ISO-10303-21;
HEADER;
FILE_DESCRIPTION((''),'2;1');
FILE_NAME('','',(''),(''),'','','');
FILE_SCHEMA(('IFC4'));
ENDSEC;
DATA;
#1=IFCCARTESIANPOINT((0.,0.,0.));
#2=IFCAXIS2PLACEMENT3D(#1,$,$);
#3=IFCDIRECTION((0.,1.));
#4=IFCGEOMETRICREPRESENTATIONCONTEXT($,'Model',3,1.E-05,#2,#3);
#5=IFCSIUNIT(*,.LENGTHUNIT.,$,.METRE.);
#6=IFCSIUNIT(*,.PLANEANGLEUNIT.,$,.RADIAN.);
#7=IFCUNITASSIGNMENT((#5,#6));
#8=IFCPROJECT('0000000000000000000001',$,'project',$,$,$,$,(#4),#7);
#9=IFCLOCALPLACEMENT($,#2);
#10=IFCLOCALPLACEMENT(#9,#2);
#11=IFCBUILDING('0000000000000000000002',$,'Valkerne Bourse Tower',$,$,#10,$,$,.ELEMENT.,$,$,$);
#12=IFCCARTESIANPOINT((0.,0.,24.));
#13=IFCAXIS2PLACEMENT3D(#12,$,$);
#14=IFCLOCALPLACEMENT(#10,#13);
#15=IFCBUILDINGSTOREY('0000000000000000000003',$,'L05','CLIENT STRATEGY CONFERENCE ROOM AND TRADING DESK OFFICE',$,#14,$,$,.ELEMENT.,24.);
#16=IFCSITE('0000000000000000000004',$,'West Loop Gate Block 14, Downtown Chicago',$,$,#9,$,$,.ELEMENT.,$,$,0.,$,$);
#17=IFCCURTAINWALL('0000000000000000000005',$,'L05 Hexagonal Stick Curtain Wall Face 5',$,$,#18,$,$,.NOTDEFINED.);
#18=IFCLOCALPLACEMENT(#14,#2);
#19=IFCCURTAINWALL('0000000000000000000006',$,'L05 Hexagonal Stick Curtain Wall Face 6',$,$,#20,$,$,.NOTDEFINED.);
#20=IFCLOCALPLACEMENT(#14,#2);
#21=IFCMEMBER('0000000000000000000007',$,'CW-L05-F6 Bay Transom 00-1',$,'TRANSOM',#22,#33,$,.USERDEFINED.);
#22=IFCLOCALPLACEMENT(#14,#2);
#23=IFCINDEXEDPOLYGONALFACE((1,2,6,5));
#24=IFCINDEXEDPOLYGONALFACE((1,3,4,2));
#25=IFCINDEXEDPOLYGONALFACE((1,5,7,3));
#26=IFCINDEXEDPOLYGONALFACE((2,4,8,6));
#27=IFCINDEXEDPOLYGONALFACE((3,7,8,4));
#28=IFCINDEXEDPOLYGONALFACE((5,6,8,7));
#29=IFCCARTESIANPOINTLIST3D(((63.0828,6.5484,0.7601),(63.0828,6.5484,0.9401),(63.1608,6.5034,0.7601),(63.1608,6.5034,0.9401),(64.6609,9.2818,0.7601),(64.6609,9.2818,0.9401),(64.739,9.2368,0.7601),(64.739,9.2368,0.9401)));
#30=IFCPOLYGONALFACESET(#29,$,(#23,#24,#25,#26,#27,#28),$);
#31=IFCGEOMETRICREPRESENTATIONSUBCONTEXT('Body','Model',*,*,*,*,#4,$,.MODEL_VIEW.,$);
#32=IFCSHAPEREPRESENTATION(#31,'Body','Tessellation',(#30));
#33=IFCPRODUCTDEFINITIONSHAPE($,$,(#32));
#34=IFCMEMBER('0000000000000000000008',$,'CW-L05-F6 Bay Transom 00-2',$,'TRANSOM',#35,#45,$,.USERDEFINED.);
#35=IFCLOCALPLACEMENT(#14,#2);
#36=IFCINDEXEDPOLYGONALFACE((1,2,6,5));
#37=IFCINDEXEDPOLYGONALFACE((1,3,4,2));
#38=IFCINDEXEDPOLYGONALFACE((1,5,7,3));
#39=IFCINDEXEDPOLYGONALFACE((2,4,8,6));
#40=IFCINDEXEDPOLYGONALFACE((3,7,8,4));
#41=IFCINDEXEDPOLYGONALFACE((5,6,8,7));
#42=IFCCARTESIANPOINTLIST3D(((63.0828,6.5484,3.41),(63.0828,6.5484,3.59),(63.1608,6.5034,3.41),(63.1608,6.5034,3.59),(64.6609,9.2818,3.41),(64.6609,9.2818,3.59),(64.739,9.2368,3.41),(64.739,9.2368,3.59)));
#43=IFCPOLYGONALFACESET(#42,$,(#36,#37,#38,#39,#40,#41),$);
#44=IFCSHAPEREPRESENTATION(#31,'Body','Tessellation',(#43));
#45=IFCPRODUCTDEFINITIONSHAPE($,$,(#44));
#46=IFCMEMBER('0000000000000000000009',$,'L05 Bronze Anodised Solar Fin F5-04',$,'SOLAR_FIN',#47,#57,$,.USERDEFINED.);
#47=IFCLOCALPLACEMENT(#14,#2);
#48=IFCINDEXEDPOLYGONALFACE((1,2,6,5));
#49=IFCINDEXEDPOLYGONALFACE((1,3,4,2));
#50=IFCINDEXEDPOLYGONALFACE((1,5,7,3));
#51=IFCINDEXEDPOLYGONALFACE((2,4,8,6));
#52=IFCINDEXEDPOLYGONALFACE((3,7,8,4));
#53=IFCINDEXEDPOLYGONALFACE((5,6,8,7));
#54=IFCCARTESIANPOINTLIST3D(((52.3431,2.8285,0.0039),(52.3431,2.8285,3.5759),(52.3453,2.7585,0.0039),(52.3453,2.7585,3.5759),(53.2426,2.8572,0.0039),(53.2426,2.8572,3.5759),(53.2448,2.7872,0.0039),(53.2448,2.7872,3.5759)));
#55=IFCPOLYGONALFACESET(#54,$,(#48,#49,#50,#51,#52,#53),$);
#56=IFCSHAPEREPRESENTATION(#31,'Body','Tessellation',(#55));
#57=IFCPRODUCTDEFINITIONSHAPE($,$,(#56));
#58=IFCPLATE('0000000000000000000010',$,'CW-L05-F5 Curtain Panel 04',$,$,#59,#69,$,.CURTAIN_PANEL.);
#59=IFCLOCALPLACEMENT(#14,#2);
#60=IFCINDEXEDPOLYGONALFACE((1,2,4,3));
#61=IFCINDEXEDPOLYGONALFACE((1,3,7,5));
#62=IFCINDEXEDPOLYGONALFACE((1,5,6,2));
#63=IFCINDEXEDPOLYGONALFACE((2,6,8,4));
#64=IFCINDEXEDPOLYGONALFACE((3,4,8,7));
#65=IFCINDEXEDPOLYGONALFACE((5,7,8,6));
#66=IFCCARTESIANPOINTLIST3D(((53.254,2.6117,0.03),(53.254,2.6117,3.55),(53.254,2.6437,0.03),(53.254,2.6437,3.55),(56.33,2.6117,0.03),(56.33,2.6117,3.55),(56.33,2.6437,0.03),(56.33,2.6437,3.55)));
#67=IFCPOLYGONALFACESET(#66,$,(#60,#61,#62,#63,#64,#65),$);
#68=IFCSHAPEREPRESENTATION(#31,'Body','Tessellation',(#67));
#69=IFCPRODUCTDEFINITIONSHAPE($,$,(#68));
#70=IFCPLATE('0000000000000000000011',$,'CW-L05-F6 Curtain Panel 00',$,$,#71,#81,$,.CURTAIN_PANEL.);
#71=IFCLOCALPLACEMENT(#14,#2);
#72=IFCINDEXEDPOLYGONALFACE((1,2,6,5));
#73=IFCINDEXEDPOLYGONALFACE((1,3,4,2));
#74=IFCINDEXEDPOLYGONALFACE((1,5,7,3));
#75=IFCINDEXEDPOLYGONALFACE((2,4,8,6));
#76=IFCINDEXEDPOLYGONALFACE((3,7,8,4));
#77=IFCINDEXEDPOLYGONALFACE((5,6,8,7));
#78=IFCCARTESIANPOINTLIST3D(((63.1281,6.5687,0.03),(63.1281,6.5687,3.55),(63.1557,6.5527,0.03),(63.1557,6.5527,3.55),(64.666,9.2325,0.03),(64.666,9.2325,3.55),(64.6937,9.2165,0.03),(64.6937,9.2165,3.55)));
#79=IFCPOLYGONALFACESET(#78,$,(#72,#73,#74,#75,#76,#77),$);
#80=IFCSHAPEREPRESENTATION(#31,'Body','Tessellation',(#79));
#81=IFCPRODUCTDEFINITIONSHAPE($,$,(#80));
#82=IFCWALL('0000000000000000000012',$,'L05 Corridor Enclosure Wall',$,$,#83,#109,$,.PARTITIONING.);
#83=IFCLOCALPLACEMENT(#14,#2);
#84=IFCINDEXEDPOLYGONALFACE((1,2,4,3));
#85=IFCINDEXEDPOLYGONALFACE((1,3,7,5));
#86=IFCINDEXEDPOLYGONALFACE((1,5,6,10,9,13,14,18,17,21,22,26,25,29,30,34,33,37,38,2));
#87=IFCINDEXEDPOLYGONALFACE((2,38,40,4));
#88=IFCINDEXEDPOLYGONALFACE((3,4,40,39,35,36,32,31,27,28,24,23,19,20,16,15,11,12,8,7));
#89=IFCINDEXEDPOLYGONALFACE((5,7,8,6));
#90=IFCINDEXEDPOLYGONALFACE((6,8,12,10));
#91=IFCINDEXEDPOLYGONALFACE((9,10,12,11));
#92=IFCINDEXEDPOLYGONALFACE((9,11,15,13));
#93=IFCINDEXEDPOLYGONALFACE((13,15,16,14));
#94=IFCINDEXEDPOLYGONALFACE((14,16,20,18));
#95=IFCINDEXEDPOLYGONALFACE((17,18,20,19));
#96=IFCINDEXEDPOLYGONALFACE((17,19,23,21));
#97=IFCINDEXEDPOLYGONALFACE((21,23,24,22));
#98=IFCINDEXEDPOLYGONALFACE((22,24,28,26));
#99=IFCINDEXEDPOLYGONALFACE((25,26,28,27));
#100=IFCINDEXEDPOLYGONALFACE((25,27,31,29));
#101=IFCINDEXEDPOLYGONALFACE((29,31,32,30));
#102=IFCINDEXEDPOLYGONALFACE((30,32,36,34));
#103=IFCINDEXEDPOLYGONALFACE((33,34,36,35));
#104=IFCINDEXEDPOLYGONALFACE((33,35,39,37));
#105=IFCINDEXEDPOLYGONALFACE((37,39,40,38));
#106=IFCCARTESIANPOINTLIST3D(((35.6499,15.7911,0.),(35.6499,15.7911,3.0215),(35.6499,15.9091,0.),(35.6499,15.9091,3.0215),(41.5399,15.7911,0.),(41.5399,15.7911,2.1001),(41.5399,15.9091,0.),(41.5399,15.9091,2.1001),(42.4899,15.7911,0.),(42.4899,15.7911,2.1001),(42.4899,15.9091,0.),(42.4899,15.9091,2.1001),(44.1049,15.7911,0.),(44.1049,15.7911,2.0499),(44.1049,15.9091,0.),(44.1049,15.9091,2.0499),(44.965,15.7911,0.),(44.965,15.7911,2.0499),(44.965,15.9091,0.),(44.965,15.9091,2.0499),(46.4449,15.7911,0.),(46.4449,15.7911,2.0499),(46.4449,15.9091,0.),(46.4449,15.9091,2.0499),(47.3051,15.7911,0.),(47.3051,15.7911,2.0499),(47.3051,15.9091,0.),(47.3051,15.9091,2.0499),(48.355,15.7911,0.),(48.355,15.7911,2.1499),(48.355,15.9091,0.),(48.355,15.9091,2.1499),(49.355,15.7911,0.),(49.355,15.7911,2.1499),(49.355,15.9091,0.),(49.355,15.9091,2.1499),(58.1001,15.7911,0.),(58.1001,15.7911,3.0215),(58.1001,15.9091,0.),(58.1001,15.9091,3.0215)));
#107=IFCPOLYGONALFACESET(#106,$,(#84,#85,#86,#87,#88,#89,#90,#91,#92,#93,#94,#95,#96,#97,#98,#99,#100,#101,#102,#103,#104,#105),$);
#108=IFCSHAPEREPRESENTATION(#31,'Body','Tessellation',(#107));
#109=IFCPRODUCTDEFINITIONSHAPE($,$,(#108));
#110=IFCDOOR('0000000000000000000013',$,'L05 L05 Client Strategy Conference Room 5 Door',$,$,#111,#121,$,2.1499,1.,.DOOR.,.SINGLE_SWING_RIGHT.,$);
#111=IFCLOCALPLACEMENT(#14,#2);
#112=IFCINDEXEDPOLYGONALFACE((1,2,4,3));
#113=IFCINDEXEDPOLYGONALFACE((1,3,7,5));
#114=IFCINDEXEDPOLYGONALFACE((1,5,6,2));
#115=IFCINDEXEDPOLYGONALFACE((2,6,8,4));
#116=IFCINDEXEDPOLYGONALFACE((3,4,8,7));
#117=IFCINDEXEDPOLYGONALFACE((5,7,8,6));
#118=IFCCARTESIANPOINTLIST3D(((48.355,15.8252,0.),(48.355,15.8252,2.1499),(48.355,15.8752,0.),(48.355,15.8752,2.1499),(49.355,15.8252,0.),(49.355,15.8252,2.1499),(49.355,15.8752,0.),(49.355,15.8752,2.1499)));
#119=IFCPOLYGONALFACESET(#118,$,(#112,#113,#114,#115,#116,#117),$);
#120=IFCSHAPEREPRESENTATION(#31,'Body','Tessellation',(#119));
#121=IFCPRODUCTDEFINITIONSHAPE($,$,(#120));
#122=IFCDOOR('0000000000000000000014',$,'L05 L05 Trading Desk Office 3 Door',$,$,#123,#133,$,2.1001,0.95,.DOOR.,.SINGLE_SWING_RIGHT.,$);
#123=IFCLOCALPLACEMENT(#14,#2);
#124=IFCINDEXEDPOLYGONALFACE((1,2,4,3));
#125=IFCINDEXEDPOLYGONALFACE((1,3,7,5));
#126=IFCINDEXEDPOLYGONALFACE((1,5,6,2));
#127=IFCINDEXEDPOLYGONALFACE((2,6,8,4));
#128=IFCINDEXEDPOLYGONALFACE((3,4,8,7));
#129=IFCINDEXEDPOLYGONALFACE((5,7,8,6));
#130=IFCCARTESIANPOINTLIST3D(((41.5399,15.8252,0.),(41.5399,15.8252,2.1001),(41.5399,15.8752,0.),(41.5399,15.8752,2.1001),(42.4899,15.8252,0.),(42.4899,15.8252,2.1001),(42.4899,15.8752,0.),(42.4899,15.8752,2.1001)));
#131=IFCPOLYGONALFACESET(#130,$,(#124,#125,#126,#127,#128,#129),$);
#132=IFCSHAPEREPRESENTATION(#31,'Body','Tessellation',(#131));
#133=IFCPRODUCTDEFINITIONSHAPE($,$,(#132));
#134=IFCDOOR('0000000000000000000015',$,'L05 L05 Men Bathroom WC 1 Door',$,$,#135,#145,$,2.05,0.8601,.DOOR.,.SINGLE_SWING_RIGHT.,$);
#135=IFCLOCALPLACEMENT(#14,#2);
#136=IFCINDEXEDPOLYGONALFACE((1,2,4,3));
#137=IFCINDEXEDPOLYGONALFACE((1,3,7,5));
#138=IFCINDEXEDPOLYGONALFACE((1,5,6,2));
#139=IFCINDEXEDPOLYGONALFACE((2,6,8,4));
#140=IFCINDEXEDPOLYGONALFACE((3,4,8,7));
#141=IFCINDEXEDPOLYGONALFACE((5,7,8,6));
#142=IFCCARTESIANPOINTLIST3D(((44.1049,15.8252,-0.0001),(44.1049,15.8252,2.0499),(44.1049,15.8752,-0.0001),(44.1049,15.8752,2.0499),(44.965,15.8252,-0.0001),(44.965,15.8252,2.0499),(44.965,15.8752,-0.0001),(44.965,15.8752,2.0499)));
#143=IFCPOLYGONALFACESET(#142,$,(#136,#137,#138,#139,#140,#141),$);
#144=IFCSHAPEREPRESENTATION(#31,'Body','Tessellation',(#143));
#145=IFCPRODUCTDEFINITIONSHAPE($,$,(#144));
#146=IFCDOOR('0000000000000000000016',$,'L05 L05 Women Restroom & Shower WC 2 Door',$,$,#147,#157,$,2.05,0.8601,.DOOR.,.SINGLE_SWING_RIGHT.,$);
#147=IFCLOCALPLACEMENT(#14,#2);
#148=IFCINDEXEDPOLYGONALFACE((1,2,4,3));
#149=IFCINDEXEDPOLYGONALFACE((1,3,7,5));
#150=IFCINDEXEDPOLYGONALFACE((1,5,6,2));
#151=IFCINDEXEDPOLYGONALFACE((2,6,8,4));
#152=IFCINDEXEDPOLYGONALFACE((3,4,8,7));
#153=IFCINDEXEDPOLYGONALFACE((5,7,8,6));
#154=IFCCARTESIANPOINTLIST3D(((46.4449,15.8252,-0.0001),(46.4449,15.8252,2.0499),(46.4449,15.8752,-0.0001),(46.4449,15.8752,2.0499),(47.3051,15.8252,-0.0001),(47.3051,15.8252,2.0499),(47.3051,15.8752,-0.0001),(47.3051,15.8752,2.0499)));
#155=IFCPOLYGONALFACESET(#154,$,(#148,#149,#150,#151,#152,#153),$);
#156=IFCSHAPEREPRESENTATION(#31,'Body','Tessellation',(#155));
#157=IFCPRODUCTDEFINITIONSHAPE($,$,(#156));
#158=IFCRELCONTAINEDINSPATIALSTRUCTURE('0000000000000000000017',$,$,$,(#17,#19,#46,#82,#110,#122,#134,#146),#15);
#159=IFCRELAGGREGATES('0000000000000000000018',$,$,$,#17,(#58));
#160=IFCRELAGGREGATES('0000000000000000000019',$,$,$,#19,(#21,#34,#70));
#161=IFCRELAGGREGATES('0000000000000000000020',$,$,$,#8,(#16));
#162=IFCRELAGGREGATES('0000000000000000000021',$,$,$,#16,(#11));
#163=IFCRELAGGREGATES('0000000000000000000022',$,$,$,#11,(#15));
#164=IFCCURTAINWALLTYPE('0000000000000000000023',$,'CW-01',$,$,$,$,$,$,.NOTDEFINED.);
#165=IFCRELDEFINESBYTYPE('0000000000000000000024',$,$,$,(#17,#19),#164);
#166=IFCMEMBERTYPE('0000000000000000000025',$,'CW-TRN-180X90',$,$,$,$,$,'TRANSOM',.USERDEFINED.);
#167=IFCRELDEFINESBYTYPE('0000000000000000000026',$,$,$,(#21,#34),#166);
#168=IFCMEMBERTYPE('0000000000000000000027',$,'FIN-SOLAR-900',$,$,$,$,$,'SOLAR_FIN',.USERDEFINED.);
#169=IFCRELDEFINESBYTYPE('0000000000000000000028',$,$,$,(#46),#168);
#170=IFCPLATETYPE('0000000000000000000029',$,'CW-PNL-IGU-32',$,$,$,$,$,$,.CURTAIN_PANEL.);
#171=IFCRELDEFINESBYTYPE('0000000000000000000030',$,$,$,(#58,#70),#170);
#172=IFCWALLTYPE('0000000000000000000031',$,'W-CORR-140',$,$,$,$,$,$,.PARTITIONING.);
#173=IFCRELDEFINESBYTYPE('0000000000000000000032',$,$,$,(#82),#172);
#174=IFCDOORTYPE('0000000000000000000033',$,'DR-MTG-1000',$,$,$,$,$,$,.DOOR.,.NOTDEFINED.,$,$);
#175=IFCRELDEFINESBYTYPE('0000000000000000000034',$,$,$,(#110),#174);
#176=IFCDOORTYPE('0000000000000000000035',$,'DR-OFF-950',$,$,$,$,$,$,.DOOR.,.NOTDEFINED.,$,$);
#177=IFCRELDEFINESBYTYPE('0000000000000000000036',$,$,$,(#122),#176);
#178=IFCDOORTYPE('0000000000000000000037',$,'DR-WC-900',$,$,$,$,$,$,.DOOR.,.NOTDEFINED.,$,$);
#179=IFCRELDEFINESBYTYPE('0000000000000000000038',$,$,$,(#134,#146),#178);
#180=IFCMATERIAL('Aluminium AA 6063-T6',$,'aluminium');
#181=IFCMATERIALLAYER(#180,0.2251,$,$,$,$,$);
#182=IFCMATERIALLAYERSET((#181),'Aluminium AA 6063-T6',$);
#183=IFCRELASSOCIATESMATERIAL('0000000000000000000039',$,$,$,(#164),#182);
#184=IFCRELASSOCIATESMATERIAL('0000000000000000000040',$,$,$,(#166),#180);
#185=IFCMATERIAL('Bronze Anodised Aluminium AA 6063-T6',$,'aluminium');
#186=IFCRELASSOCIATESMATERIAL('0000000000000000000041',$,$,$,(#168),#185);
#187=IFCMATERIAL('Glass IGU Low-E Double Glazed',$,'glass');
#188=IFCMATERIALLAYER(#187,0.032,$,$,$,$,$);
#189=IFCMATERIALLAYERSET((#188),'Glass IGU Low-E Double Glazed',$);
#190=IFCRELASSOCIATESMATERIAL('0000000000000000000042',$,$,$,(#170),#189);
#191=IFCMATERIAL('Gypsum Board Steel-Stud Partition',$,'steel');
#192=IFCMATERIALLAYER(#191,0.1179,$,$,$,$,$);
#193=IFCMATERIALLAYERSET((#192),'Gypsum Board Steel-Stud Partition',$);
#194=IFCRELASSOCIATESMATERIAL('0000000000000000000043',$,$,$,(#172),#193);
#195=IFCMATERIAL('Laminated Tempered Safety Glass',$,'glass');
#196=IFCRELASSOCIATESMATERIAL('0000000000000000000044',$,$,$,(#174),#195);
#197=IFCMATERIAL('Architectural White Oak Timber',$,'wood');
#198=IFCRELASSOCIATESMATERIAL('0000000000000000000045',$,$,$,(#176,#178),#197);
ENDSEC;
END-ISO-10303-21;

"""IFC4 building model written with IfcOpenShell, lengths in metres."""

from ifc_helpers import new_model, si_unit, direction, frame, frame_2d, origin, origin_2d, place, context, subcontext, project, spatial, rectangle, extrude, material, layer, layer_set, material_profile, profile_set, type_object, element, fill, aggregate, save


model = new_model("IFC4")

# Units and contexts
model_context = context("Model", 3, precision=1e-05, world=origin(), true_north=direction((0.0, 1.0)))
body_context = subcontext(model_context, "Body", "Model", "MODEL_VIEW")
ifc_project = project(units=[si_unit("LENGTHUNIT", "METRE"), si_unit("PLANEANGLEUNIT", "RADIAN")], contexts=[model_context])

# Site, building, storey
site_placement = place(None, origin())
site = spatial("IfcSite", under=ifc_project, at=site_placement, Name="West Loop Gate Block 14, Downtown Chicago", CompositionType="ELEMENT", RefElevation=0.0)
building_placement = place(site_placement, origin())
building = spatial("IfcBuilding", under=site, at=building_placement, Name="Valkerne Bourse Tower", CompositionType="ELEMENT")
storey_placement = place(building_placement, frame((0.0, 0.0, 24.0)))
storey = spatial("IfcBuildingStorey", under=building, at=storey_placement, Name="L05", Description="CLIENT STRATEGY CONFERENCE ROOM AND TRADING DESK OFFICE", CompositionType="ELEMENT", Elevation=24.0)

# Curtain walls, members
ifc_material_1 = material(Name="Aluminium AA 6063-T6", Category="aluminium")
ifc_layer_1 = layer(ifc_material_1, 0.2251)
ifc_layer_set_1 = layer_set([ifc_layer_1], Name="Aluminium AA 6063-T6")
curtain_wall_type = type_object("IfcCurtainWallType", Name="CW-01", PredefinedType="NOTDEFINED", material=ifc_layer_set_1)
curtain_wall_1_placement = place(storey_placement, origin())
curtain_wall_1 = element("IfcCurtainWall", 1, at=curtain_wall_1_placement, inside=storey, type_object=curtain_wall_type, Name="L05 Hexagonal Stick Curtain Wall Face 5", PredefinedType="NOTDEFINED")
curtain_wall_2_placement = place(storey_placement, origin())
curtain_wall_2 = element("IfcCurtainWall", 2, at=curtain_wall_2_placement, inside=storey, type_object=curtain_wall_type, Name="L05 Hexagonal Stick Curtain Wall Face 6", PredefinedType="NOTDEFINED")
ifc_material_profile_1 = material_profile(ifc_material_1, rectangle(XDim=0.0901, YDim=0.1799, at=origin_2d()), Name="CWT-90X180")
ifc_profile_set_1 = profile_set([ifc_material_profile_1], Name="Aluminium AA 6063-T6")
member_type_1 = type_object("IfcMemberType", Name="CW-TRN-180X90", ElementType="TRANSOM", PredefinedType="USERDEFINED", material=ifc_profile_set_1)
member_1_placement = place(storey_placement, frame((63.1218, 6.5259, 0.8501), z_axis=(0.499999, 0.866026, 0.0), x_axis=(-0.866026, 0.499999, 0.0)))
member_1 = element("IfcMember", 3, at=member_1_placement, type_object=member_type_1, Name="CW-L05-F6 Bay Transom 00-1", ObjectType="TRANSOM", PredefinedType="USERDEFINED", context=body_context, shape_type="SweptSolid", body=[
    extrude(rectangle(XDim=0.0901, YDim=0.1799, at=origin_2d()), origin(), (0.0, 0.0, 1.0), 3.1562),
])
member_2_placement = place(storey_placement, frame((63.1218, 6.5259, 3.5), z_axis=(0.499999, 0.866026, 0.0), x_axis=(-0.866026, 0.499999, 0.0)))
member_2 = element("IfcMember", 4, at=member_2_placement, type_object=member_type_1, Name="CW-L05-F6 Bay Transom 00-2", ObjectType="TRANSOM", PredefinedType="USERDEFINED", context=body_context, shape_type="SweptSolid", body=[
    extrude(rectangle(XDim=0.0901, YDim=0.1799, at=origin_2d()), origin(), (0.0, 0.0, 1.0), 3.1562),
])

# Member
ifc_material_2 = material(Name="Bronze Anodised Aluminium AA 6063-T6", Category="aluminium")
ifc_material_profile_2 = material_profile(ifc_material_2, rectangle(XDim=0.0701, YDim=0.8999, at=origin_2d()), Name="FIN-70X900")
ifc_profile_set_2 = profile_set([ifc_material_profile_2], Name="Bronze Anodised Aluminium AA 6063-T6")
member_type_2 = type_object("IfcMemberType", Name="FIN-SOLAR-900", ElementType="SOLAR_FIN", PredefinedType="USERDEFINED", material=ifc_profile_set_2)
member_3_placement = place(storey_placement, frame((52.7939, 2.8079, 0.0039), z_axis=(0.0, 0.0, 1.0), x_axis=(0.031888, -0.999491, 0.0)))
element("IfcMember", 5, at=member_3_placement, inside=storey, type_object=member_type_2, Name="L05 Bronze Anodised Solar Fin F5-04", ObjectType="SOLAR_FIN", PredefinedType="USERDEFINED", context=body_context, shape_type="SweptSolid", body=[
    extrude(rectangle(XDim=0.0701, YDim=0.8999, at=origin_2d()), origin(), (0.0, 0.0, 1.0), 3.572),
])

# Plates
ifc_material_3 = material(Name="Glass IGU Low-E Double Glazed", Category="glass")
ifc_layer_2 = layer(ifc_material_3, 0.032)
ifc_layer_set_2 = layer_set([ifc_layer_2], Name="Glass IGU Low-E Double Glazed")
plate_type = type_object("IfcPlateType", Name="CW-PNL-IGU-32", PredefinedType="CURTAIN_PANEL", material=ifc_layer_set_2)
plate_1_placement = place(storey_placement, frame((54.792, 2.6277, 0.03), z_axis=(0.0, 0.0, 1.0), x_axis=(1.0, 0.0, 0.0)))
plate_1 = element("IfcPlate", 6, at=plate_1_placement, type_object=plate_type, Name="CW-L05-F5 Curtain Panel 04", PredefinedType="CURTAIN_PANEL", context=body_context, shape_type="SweptSolid", body=[
    extrude(rectangle(XDim=3.0759, YDim=0.032, at=origin_2d()), origin(), (0.0, 0.0, 1.0), 3.52),
])
aggregate(curtain_wall_1, [plate_1])
plate_2_placement = place(storey_placement, frame((63.9109, 7.8926, 0.03), z_axis=(0.0, 0.0, 1.0), x_axis=(0.500004, 0.866023, 0.0)))
plate_2 = element("IfcPlate", 7, at=plate_2_placement, type_object=plate_type, Name="CW-L05-F6 Curtain Panel 00", PredefinedType="CURTAIN_PANEL", context=body_context, shape_type="SweptSolid", body=[
    extrude(rectangle(XDim=3.0759, YDim=0.032, at=origin_2d()), origin(), (0.0, 0.0, 1.0), 3.52),
])
aggregate(curtain_wall_2, [member_1, member_2, plate_2])

# Wall, openings, doors
ifc_material_4 = material(Name="Gypsum Board Steel-Stud Partition", Category="steel")
ifc_layer_3 = layer(ifc_material_4, 0.1179)
ifc_layer_set_3 = layer_set([ifc_layer_3], Name="Gypsum Board Steel-Stud Partition")
wall_type = type_object("IfcWallType", Name="W-CORR-140", PredefinedType="PARTITIONING", material=ifc_layer_set_3)
wall_placement = place(storey_placement, frame((58.1001, 15.8501, 0.0), z_axis=(0.0, 0.0, 1.0), x_axis=(-1.0, 0.0, 0.0)))
wall = element("IfcWall", 8, at=wall_placement, inside=storey, type_object=wall_type, Name="L05 Corridor Enclosure Wall", PredefinedType="PARTITIONING", context=body_context, shape_type="SweptSolid", body=[
    extrude(rectangle(XDim=22.4502, YDim=0.1179, at=frame_2d((11.2251, 0.0))), origin(), (0.0, 0.0, 1.0), 3.0215),
])
opening_1_placement = place(wall_placement, frame((13.135, 0.0, 0.0)))
opening_1 = element("IfcOpeningElement", 9, at=opening_1_placement, cuts=wall, PredefinedType="OPENING", context=body_context, shape_type="SweptSolid", body=[
    extrude(rectangle(XDim=0.8601, YDim=2.05, at=frame_2d((0.4302, 1.0249))), frame((0.0, 0.0688, 0.0), z_axis=(0.0, -1.0, 0.0), x_axis=(1.0, 0.0, 0.0)), (0.0, 0.0, 1.0), 0.1379),
])
opening_2_placement = place(wall_placement, frame((10.7949, 0.0, 0.0)))
opening_2 = element("IfcOpeningElement", 10, at=opening_2_placement, cuts=wall, PredefinedType="OPENING", context=body_context, shape_type="SweptSolid", body=[
    extrude(rectangle(XDim=0.8601, YDim=2.05, at=frame_2d((0.4302, 1.0249))), frame((0.0, 0.0688, 0.0), z_axis=(0.0, -1.0, 0.0), x_axis=(1.0, 0.0, 0.0)), (0.0, 0.0, 1.0), 0.1379),
])
opening_3_placement = place(wall_placement, frame((15.6101, 0.0, 0.0)))
opening_3 = element("IfcOpeningElement", 11, at=opening_3_placement, cuts=wall, PredefinedType="OPENING", context=body_context, shape_type="SweptSolid", body=[
    extrude(rectangle(XDim=0.95, YDim=2.1001, at=frame_2d((0.4751, 1.05))), frame((0.0, 0.0688, 0.0), z_axis=(0.0, -1.0, 0.0), x_axis=(1.0, 0.0, 0.0)), (0.0, 0.0, 1.0), 0.1379),
])
opening_4_placement = place(wall_placement, frame((8.7451, 0.0, 0.0)))
opening_4 = element("IfcOpeningElement", 12, at=opening_4_placement, cuts=wall, PredefinedType="OPENING", context=body_context, shape_type="SweptSolid", body=[
    extrude(rectangle(XDim=1.0, YDim=2.1499, at=frame_2d((0.5, 1.075))), frame((0.0, 0.0688, 0.0), z_axis=(0.0, -1.0, 0.0), x_axis=(1.0, 0.0, 0.0)), (0.0, 0.0, 1.0), 0.1379),
])
ifc_material_5 = material(Name="Laminated Tempered Safety Glass", Category="glass")
door_type_1 = type_object("IfcDoorType", Name="DR-MTG-1000", OperationType="NOTDEFINED", PredefinedType="DOOR", material=ifc_material_5)
door_1_placement = place(opening_4_placement, origin())
door_1 = element("IfcDoor", 13, at=door_1_placement, inside=storey, type_object=door_type_1, Name="L05 L05 Client Strategy Conference Room 5 Door", OperationType="SINGLE_SWING_RIGHT", OverallHeight=2.1499, OverallWidth=1.0, PredefinedType="DOOR", context=body_context, shape_type="SweptSolid", body=[
    extrude(rectangle(XDim=1.0, YDim=2.1499, at=frame_2d((0.5, 1.075))), frame((0.0, 0.0249, 0.0), z_axis=(0.0, -1.0, 0.0), x_axis=(1.0, 0.0, 0.0)), (0.0, 0.0, 1.0), 0.05),
])
fill(opening_4, door_1)
ifc_material_6 = material(Name="Architectural White Oak Timber", Category="wood")
door_type_2 = type_object("IfcDoorType", Name="DR-OFF-950", OperationType="NOTDEFINED", PredefinedType="DOOR", material=ifc_material_6)
door_2_placement = place(opening_3_placement, origin())
door_2 = element("IfcDoor", 14, at=door_2_placement, inside=storey, type_object=door_type_2, Name="L05 L05 Trading Desk Office 3 Door", OperationType="SINGLE_SWING_RIGHT", OverallHeight=2.1001, OverallWidth=0.95, PredefinedType="DOOR", context=body_context, shape_type="SweptSolid", body=[
    extrude(rectangle(XDim=0.95, YDim=2.1001, at=frame_2d((0.4751, 1.05))), frame((0.0, 0.0249, 0.0), z_axis=(0.0, -1.0, 0.0), x_axis=(1.0, 0.0, 0.0)), (0.0, 0.0, 1.0), 0.05),
])
fill(opening_3, door_2)
door_type_3 = type_object("IfcDoorType", Name="DR-WC-900", OperationType="NOTDEFINED", PredefinedType="DOOR", material=ifc_material_6)
door_3_placement = place(opening_1_placement, origin())
door_3 = element("IfcDoor", 15, at=door_3_placement, inside=storey, type_object=door_type_3, Name="L05 L05 Men Bathroom WC 1 Door", OperationType="SINGLE_SWING_RIGHT", OverallHeight=2.05, OverallWidth=0.8601, PredefinedType="DOOR", context=body_context, shape_type="SweptSolid", body=[
    extrude(rectangle(XDim=0.8601, YDim=2.05, at=frame_2d((0.4302, 1.0249))), frame((0.0, 0.0249, 0.0), z_axis=(0.0, -1.0, 0.0), x_axis=(1.0, 0.0, 0.0)), (0.0, 0.0, 1.0), 0.05),
])
fill(opening_1, door_3)
door_4_placement = place(opening_2_placement, origin())
door_4 = element("IfcDoor", 16, at=door_4_placement, inside=storey, type_object=door_type_3, Name="L05 L05 Women Restroom & Shower WC 2 Door", OperationType="SINGLE_SWING_RIGHT", OverallHeight=2.05, OverallWidth=0.8601, PredefinedType="DOOR", context=body_context, shape_type="SweptSolid", body=[
    extrude(rectangle(XDim=0.8601, YDim=2.05, at=frame_2d((0.4302, 1.0249))), frame((0.0, 0.0249, 0.0), z_axis=(0.0, -1.0, 0.0), x_axis=(1.0, 0.0, 0.0)), (0.0, 0.0, 1.0), 0.05),
])
fill(opening_2, door_4)

save(model, "model.ifc")
